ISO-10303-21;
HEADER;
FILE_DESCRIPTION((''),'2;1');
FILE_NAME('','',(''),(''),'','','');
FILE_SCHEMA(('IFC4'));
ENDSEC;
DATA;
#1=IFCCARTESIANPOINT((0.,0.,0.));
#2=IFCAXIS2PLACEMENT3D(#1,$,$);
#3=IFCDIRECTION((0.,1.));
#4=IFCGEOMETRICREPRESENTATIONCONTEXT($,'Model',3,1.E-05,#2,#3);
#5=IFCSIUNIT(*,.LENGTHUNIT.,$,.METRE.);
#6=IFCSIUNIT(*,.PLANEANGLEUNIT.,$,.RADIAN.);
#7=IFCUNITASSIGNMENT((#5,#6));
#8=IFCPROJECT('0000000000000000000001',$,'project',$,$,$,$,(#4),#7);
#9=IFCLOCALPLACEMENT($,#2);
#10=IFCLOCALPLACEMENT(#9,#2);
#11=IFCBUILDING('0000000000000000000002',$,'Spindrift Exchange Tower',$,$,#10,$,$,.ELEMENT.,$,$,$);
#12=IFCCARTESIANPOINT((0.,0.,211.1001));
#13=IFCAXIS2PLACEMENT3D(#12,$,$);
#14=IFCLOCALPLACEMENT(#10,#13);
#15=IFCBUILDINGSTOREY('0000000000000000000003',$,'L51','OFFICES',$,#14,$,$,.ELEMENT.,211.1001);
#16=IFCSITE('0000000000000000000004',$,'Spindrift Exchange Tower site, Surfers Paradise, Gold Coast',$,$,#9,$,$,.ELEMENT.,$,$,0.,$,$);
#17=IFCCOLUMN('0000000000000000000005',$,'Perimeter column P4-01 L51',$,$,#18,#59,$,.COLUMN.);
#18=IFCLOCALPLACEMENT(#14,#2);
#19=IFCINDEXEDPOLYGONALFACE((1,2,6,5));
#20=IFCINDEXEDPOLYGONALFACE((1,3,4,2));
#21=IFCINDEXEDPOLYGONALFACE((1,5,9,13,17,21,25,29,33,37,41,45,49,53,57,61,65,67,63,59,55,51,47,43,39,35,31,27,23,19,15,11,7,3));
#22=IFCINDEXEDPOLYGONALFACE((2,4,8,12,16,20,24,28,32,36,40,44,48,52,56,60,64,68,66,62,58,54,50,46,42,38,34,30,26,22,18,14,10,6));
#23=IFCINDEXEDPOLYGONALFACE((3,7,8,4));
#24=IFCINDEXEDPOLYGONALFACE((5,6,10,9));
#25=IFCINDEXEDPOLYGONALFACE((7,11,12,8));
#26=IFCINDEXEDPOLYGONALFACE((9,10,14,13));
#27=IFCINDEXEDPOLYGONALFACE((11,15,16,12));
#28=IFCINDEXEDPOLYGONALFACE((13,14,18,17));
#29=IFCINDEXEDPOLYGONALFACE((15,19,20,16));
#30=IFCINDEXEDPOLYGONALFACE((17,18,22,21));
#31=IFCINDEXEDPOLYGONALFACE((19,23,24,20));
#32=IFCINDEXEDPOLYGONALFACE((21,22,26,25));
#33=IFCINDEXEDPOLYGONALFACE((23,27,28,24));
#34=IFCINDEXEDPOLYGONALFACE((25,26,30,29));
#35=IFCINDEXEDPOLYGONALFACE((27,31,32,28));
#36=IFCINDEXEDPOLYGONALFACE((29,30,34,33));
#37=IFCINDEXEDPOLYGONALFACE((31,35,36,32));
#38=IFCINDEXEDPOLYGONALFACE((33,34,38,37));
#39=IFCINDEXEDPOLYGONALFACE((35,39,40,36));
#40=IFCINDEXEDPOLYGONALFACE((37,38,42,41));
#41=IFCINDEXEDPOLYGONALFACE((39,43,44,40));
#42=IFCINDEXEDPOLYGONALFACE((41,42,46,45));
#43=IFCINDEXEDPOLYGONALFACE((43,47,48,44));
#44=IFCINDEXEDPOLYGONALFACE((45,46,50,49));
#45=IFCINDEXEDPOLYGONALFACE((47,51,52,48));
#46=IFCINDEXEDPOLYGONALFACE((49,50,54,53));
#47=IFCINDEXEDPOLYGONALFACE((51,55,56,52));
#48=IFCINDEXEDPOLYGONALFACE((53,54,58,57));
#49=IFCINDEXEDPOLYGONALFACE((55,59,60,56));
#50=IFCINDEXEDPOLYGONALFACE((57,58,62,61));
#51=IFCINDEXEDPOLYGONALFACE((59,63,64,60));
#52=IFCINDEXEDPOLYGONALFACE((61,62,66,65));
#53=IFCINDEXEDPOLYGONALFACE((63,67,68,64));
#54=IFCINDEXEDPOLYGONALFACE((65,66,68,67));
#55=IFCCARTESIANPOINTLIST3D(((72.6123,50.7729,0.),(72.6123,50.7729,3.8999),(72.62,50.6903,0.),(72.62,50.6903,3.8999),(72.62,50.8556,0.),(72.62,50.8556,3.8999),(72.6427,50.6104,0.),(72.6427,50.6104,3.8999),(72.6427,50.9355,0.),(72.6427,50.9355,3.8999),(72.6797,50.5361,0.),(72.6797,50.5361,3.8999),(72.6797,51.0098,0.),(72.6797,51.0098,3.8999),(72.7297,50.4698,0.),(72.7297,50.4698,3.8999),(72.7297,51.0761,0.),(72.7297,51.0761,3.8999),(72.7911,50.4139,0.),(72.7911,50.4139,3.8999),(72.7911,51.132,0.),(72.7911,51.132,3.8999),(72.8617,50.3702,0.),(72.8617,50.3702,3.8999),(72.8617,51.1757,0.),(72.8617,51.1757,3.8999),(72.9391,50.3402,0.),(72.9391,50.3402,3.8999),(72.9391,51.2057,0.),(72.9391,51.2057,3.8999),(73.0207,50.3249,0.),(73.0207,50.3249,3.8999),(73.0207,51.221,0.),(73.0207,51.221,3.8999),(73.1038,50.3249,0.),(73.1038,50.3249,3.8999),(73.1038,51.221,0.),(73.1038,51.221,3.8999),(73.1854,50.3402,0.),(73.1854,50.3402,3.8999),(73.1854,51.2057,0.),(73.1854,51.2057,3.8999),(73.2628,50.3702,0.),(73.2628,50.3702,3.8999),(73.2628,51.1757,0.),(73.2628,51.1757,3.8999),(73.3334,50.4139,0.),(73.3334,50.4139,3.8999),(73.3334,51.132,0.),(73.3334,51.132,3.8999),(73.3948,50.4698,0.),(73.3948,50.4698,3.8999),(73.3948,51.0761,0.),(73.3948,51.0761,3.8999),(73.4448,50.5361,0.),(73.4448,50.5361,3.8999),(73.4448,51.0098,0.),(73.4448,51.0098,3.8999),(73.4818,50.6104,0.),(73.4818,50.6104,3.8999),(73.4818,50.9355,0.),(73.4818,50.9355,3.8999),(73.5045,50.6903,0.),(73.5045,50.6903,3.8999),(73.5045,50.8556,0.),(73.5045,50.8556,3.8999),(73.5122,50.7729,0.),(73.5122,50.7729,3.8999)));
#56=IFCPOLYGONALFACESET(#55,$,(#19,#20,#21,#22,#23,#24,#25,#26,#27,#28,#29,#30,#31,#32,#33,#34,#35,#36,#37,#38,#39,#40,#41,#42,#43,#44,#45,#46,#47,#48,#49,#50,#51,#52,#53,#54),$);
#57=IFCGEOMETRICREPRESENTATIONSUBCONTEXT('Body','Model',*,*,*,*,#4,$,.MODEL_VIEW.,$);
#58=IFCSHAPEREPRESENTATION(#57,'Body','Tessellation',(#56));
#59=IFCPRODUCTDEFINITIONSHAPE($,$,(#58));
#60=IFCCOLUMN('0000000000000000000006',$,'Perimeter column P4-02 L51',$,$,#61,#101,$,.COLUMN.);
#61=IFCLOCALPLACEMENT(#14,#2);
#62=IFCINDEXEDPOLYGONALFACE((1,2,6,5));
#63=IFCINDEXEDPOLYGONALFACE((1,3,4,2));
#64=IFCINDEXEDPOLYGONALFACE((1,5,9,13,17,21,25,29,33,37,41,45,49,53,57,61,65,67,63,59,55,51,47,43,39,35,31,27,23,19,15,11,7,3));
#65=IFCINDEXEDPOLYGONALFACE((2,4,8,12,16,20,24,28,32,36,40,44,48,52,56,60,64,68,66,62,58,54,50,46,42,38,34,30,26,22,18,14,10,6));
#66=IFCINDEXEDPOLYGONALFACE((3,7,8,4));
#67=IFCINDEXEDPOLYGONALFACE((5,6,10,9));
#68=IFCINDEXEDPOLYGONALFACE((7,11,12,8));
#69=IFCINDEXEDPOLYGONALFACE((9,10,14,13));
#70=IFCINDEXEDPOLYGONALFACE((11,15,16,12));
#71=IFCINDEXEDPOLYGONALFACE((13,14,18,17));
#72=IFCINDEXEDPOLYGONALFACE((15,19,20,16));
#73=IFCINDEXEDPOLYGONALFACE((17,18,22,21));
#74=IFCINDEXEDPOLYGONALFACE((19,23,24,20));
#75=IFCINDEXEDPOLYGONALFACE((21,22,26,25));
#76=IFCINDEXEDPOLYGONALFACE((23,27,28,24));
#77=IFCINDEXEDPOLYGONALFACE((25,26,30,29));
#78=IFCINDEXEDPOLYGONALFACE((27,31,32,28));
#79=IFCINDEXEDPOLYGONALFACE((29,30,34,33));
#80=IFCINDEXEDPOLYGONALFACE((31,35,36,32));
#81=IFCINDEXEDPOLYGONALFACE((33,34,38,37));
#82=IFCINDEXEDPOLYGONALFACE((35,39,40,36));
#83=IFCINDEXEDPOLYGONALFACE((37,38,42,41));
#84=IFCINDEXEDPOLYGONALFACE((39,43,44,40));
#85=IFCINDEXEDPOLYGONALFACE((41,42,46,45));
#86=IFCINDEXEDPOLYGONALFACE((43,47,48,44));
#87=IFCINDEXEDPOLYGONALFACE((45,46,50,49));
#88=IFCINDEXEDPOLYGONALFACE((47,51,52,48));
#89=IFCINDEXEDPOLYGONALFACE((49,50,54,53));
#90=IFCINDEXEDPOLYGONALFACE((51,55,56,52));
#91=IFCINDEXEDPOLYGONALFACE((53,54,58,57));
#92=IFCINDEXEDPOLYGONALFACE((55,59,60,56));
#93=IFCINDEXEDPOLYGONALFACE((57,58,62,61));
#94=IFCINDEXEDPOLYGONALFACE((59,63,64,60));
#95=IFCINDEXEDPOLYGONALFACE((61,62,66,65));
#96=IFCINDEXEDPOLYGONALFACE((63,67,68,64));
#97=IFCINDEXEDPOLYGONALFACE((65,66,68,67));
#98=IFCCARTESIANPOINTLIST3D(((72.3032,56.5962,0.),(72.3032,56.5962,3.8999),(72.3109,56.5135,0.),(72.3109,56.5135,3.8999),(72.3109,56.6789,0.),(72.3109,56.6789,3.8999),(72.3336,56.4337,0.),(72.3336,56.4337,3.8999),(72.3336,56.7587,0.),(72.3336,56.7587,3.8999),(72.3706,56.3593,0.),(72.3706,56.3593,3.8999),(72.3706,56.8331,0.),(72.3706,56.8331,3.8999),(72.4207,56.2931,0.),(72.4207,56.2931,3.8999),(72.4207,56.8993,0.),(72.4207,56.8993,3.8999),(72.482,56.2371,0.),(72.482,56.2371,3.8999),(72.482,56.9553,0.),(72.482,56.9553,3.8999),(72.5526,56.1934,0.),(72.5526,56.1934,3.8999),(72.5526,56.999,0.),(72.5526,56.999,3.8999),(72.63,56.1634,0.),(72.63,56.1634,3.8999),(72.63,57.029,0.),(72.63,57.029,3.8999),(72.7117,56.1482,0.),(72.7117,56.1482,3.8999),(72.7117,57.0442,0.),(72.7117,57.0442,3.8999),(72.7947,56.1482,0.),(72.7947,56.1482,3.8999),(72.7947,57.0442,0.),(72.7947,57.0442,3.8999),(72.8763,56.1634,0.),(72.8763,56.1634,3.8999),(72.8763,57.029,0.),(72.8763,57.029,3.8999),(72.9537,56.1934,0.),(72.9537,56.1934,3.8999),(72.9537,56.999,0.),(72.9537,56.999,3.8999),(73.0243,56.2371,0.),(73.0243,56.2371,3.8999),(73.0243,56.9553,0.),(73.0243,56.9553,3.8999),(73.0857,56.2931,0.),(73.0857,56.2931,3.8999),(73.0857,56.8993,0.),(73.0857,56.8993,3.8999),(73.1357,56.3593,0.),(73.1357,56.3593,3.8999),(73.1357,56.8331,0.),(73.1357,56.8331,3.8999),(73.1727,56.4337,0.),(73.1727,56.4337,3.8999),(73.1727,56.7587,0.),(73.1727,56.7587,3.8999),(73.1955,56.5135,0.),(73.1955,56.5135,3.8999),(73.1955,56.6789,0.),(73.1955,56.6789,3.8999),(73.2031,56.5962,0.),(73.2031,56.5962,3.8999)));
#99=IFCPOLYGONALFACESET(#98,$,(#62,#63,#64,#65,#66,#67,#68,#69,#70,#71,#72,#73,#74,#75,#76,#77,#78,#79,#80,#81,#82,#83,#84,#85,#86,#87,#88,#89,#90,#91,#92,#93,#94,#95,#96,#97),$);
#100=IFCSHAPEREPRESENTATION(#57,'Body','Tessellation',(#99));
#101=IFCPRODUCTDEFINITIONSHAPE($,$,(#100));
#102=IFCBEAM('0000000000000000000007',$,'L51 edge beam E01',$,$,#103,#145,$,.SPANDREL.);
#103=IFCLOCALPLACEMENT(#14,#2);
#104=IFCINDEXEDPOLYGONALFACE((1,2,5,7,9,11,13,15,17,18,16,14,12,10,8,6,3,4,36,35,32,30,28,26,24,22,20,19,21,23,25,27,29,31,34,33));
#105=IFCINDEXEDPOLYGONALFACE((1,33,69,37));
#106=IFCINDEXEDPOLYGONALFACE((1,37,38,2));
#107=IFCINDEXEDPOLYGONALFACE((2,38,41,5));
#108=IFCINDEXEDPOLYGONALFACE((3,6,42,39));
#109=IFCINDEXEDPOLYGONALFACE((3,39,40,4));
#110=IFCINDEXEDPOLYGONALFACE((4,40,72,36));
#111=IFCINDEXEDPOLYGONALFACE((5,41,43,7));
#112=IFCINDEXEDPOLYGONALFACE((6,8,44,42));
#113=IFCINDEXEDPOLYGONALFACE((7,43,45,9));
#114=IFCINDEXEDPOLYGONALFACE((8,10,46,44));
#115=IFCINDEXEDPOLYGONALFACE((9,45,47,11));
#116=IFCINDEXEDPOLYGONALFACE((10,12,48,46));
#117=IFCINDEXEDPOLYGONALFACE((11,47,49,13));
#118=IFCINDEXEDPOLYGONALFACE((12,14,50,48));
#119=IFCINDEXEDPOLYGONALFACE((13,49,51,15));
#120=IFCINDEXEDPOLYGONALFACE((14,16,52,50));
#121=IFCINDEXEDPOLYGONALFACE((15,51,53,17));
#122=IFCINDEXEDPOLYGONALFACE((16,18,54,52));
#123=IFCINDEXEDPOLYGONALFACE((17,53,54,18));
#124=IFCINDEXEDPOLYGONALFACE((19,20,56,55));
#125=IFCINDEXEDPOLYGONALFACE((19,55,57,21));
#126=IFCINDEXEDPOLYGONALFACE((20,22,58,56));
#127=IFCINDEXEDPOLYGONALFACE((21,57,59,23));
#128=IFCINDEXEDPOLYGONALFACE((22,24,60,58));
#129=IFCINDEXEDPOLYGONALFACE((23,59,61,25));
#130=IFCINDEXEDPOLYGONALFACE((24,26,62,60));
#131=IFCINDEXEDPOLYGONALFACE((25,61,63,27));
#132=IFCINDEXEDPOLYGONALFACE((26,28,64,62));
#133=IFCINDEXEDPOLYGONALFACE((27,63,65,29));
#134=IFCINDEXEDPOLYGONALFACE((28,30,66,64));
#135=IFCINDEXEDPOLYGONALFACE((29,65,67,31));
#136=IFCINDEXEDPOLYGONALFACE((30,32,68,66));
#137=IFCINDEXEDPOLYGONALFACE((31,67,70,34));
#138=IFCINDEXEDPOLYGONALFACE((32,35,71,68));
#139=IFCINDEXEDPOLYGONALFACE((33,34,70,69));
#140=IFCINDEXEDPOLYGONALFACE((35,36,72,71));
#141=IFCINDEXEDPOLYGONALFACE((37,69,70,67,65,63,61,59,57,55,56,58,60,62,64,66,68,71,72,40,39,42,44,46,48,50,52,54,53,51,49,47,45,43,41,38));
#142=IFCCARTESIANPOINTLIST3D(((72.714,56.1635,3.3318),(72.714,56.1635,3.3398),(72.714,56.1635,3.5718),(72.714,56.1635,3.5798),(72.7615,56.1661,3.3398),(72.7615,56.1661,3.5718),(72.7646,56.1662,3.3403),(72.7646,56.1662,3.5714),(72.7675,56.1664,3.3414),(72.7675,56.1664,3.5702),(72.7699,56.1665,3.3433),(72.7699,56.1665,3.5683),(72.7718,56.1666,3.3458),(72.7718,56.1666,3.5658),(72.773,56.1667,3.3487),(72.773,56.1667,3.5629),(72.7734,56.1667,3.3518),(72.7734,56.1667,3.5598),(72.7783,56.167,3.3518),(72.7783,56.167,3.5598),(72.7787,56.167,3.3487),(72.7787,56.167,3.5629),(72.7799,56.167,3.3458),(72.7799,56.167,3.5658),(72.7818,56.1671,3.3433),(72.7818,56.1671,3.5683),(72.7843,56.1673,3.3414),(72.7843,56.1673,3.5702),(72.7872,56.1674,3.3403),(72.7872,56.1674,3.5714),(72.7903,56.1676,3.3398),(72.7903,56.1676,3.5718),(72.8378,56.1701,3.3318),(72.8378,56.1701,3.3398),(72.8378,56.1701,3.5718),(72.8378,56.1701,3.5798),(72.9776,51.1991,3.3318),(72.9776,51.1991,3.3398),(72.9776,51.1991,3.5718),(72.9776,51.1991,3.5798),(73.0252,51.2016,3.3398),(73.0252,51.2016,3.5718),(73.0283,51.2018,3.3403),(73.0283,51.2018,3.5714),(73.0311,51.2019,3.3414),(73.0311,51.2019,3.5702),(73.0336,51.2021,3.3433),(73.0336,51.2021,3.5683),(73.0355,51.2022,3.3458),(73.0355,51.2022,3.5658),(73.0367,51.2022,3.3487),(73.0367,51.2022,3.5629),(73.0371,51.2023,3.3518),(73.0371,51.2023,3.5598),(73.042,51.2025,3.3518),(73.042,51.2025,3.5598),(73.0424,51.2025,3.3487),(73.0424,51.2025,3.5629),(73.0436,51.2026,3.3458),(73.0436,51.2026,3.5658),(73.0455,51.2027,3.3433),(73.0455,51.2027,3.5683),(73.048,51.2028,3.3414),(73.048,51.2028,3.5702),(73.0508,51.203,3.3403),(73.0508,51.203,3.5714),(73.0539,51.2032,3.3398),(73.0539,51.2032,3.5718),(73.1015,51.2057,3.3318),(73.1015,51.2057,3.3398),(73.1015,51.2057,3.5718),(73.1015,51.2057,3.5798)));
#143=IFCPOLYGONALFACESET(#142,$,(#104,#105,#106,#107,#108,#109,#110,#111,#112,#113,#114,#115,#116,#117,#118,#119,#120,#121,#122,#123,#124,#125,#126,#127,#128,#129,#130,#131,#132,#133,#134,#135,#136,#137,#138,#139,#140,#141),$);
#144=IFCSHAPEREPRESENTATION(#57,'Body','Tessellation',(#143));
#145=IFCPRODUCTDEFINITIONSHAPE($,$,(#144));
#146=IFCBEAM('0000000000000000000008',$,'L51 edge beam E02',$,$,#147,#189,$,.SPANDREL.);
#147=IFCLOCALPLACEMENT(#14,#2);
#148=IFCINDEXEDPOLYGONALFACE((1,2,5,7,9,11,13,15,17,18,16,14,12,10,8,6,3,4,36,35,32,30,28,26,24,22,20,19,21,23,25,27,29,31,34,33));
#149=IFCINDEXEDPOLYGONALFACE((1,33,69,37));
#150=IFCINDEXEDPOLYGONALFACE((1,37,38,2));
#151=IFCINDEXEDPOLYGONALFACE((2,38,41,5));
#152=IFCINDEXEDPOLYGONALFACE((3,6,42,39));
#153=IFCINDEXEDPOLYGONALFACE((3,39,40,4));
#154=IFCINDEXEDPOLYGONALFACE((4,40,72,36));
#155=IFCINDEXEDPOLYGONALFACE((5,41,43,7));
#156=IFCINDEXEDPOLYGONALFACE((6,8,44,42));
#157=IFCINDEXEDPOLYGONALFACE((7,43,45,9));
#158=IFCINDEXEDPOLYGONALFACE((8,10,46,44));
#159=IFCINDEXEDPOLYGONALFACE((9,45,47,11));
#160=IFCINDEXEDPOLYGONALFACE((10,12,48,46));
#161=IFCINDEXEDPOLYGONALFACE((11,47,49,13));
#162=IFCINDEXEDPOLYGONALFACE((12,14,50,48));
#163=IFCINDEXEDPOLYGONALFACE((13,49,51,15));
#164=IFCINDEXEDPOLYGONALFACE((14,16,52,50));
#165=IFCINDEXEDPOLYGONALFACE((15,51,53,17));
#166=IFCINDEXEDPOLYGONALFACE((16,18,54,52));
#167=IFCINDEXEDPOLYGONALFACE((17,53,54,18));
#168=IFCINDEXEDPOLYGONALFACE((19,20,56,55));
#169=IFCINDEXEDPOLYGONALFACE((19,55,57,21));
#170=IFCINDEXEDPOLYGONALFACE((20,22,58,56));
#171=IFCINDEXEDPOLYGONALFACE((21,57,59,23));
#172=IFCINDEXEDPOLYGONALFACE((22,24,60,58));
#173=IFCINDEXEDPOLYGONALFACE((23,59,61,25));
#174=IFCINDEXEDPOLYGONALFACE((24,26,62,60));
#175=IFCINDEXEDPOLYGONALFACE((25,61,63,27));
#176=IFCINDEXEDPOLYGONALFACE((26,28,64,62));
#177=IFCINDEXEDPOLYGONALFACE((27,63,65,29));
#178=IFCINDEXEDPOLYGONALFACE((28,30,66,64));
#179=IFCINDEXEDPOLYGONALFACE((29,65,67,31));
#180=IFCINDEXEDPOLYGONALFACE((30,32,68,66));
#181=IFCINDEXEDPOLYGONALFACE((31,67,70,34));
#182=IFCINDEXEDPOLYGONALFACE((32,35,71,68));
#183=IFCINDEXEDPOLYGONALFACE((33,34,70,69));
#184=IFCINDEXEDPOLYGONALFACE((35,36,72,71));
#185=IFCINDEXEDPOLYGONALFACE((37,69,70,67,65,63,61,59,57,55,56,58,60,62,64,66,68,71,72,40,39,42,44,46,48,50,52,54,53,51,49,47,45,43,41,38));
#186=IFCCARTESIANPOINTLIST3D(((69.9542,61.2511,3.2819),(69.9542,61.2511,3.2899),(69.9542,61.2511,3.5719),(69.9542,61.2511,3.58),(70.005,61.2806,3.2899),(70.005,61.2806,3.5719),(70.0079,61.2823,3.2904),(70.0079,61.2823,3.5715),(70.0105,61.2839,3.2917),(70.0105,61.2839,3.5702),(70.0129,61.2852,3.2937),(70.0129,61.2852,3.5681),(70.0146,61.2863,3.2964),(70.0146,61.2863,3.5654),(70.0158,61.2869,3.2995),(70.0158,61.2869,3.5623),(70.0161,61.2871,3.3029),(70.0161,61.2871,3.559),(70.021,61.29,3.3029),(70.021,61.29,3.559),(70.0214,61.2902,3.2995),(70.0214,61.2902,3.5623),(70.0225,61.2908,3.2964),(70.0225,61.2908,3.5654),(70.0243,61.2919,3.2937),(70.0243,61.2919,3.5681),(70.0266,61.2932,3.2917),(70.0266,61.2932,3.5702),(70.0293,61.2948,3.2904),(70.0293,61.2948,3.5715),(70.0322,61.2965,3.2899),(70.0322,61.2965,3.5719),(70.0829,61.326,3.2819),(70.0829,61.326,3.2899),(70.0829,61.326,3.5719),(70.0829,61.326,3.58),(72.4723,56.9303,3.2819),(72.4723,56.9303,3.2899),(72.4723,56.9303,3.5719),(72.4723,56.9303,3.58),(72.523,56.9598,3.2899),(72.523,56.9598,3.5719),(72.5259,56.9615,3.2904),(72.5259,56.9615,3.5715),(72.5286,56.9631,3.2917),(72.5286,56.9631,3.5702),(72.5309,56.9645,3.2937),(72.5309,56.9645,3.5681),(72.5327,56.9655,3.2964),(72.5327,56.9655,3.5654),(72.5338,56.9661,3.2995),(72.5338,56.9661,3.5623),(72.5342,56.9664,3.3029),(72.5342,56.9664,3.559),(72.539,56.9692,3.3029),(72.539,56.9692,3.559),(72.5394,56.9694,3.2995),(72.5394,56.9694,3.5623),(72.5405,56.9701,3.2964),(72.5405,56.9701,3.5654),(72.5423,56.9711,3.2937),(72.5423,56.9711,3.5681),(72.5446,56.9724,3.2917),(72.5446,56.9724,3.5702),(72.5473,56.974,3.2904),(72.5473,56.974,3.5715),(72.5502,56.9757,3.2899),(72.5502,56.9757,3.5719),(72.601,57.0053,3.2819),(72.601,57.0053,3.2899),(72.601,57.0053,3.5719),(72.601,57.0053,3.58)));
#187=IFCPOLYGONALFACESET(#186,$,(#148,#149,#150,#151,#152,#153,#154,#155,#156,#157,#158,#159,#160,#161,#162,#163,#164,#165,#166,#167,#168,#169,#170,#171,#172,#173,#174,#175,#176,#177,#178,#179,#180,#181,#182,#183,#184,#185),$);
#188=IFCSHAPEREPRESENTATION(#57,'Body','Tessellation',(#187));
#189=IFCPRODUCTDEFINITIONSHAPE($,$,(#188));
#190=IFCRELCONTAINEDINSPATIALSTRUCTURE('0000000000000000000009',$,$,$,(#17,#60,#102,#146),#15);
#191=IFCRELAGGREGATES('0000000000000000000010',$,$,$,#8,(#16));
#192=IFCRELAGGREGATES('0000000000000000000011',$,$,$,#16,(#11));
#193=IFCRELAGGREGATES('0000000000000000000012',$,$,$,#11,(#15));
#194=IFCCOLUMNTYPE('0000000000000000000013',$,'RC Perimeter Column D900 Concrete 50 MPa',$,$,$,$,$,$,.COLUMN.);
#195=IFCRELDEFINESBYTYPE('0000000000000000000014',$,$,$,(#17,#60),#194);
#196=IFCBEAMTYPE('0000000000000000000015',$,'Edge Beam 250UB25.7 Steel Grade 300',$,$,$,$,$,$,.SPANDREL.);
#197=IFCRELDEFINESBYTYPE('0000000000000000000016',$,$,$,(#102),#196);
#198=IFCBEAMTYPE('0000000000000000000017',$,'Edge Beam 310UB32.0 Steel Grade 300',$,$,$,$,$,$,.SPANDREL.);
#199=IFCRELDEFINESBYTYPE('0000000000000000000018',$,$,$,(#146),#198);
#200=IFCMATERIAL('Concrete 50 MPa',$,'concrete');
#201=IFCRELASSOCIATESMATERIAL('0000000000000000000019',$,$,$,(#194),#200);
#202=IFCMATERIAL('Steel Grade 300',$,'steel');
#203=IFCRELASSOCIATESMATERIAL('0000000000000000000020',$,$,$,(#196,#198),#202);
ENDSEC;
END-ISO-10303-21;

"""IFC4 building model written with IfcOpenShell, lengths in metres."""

from ifc_helpers import new_model, si_unit, direction, frame, origin, origin_2d, place, context, subcontext, project, spatial, circle, i_section, extrude, source, transform, mapped, material, material_profile, profile_set, type_object, element, save


model = new_model("IFC4")

# Units and contexts
model_context = context("Model", 3, precision=1e-05, world=origin(), true_north=direction((0.0, 1.0)))
body_context = subcontext(model_context, "Body", "Model", "MODEL_VIEW")
ifc_project = project(units=[si_unit("LENGTHUNIT", "METRE"), si_unit("PLANEANGLEUNIT", "RADIAN")], contexts=[model_context])

# Site, building, storey
site_placement = place(None, origin())
site = spatial("IfcSite", under=ifc_project, at=site_placement, Name="Spindrift Exchange Tower site, Surfers Paradise, Gold Coast", CompositionType="ELEMENT", RefElevation=0.0)
building_placement = place(site_placement, origin())
building = spatial("IfcBuilding", under=site, at=building_placement, Name="Spindrift Exchange Tower", CompositionType="ELEMENT")
storey_placement = place(building_placement, frame((0.0, 0.0, 211.1001)))
storey = spatial("IfcBuildingStorey", under=building, at=storey_placement, Name="L51", Description="OFFICES", CompositionType="ELEMENT", Elevation=211.1001)

# Columns
ifc_material_1 = material(Name="Concrete 50 MPa", Category="concrete")
ifc_material_profile_1 = material_profile(ifc_material_1, circle(Radius=0.45, at=origin_2d()), Name="RC D900")
ifc_profile_set_1 = profile_set([ifc_material_profile_1], Name="Concrete 50 MPa")
column_type = type_object("IfcColumnType", Name="RC Perimeter Column D900 Concrete 50 MPa", PredefinedType="COLUMN", material=ifc_profile_set_1)
shared_shape_1 = source(origin(), body_context, "Body", "SweptSolid", [
    extrude(circle(Radius=0.45, at=origin_2d()), origin(), (0.0, 0.0, 1.0), 3.8999),
])
for number, where, z_axis, x_axis, name in (
    (1, (73.0623, 50.7729, 0.0), (0.0, 0.0, 1.0), (1.0, 0.0, 0.0), "Perimeter column P4-01 L51"),
    (2, (72.7532, 56.5962, 0.0), (0.0, 0.0, 1.0), (1.0, 0.0, 0.0), "Perimeter column P4-02 L51"),
):
    element("IfcColumn", number, at=place(storey_placement, frame(where, z_axis=z_axis, x_axis=x_axis)), inside=storey, type_object=column_type, Name=name, PredefinedType="COLUMN", context=body_context, shape_type="MappedRepresentation", body=[
        mapped(shared_shape_1, transform((0.0, 0.0, 0.0), scale=1.0)),
    ])

# Beams
ifc_material_2 = material(Name="Steel Grade 300", Category="steel")
ifc_material_profile_2 = material_profile(ifc_material_2, i_section(OverallWidth=0.124, OverallDepth=0.248, WebThickness=0.0049, FlangeThickness=0.0081, FilletRadius=0.012, at=origin_2d()), Name="250UB25.7")
ifc_profile_set_2 = profile_set([ifc_material_profile_2], Name="Steel Grade 300")
beam_type_1 = type_object("IfcBeamType", Name="Edge Beam 250UB25.7 Steel Grade 300", PredefinedType="SPANDREL", material=ifc_profile_set_2)
shared_shape_2 = source(origin(), body_context, "Body", "SweptSolid", [
    extrude(i_section(OverallWidth=0.124, OverallDepth=0.248, WebThickness=0.0049, FlangeThickness=0.0081, FilletRadius=0.012, at=origin_2d()), origin(), (0.0, 0.0, 1.0), 4.9714),
])
beam_1_placement = place(storey_placement, frame((73.0396, 51.2024, 3.4558), z_axis=(-0.053038, 0.998592, 0.0), x_axis=(-0.998592, -0.053038, 0.0)))
element("IfcBeam", 3, at=beam_1_placement, inside=storey, type_object=beam_type_1, Name="L51 edge beam E01", PredefinedType="SPANDREL", context=body_context, shape_type="MappedRepresentation", body=[
    mapped(shared_shape_2, transform((0.0, 0.0, 0.0), scale=1.0)),
])
ifc_material_profile_3 = material_profile(ifc_material_2, i_section(OverallWidth=0.1489, OverallDepth=0.2981, WebThickness=0.0056, FlangeThickness=0.0081, FilletRadius=0.0129, at=origin_2d()), Name="310UB32.0")
ifc_profile_set_3 = profile_set([ifc_material_profile_3], Name="Steel Grade 300")
beam_type_2 = type_object("IfcBeamType", Name="Edge Beam 310UB32.0 Steel Grade 300", PredefinedType="SPANDREL", material=ifc_profile_set_3)
shared_shape_3 = source(origin(), body_context, "Body", "SweptSolid", [
    extrude(i_section(OverallWidth=0.1489, OverallDepth=0.2981, WebThickness=0.0056, FlangeThickness=0.0081, FilletRadius=0.0129, at=origin_2d()), origin(), (0.0, 0.0, 1.0), 5.001),
])
beam_2_placement = place(storey_placement, frame((72.5366, 56.9678, 3.4309), z_axis=(-0.503513, 0.863988, 0.0), x_axis=(-0.863988, -0.503513, 0.0)))
element("IfcBeam", 4, at=beam_2_placement, inside=storey, type_object=beam_type_2, Name="L51 edge beam E02", PredefinedType="SPANDREL", context=body_context, shape_type="MappedRepresentation", body=[
    mapped(shared_shape_3, transform((0.0, 0.0, 0.0), scale=1.0)),
])

save(model, "model.ifc")
